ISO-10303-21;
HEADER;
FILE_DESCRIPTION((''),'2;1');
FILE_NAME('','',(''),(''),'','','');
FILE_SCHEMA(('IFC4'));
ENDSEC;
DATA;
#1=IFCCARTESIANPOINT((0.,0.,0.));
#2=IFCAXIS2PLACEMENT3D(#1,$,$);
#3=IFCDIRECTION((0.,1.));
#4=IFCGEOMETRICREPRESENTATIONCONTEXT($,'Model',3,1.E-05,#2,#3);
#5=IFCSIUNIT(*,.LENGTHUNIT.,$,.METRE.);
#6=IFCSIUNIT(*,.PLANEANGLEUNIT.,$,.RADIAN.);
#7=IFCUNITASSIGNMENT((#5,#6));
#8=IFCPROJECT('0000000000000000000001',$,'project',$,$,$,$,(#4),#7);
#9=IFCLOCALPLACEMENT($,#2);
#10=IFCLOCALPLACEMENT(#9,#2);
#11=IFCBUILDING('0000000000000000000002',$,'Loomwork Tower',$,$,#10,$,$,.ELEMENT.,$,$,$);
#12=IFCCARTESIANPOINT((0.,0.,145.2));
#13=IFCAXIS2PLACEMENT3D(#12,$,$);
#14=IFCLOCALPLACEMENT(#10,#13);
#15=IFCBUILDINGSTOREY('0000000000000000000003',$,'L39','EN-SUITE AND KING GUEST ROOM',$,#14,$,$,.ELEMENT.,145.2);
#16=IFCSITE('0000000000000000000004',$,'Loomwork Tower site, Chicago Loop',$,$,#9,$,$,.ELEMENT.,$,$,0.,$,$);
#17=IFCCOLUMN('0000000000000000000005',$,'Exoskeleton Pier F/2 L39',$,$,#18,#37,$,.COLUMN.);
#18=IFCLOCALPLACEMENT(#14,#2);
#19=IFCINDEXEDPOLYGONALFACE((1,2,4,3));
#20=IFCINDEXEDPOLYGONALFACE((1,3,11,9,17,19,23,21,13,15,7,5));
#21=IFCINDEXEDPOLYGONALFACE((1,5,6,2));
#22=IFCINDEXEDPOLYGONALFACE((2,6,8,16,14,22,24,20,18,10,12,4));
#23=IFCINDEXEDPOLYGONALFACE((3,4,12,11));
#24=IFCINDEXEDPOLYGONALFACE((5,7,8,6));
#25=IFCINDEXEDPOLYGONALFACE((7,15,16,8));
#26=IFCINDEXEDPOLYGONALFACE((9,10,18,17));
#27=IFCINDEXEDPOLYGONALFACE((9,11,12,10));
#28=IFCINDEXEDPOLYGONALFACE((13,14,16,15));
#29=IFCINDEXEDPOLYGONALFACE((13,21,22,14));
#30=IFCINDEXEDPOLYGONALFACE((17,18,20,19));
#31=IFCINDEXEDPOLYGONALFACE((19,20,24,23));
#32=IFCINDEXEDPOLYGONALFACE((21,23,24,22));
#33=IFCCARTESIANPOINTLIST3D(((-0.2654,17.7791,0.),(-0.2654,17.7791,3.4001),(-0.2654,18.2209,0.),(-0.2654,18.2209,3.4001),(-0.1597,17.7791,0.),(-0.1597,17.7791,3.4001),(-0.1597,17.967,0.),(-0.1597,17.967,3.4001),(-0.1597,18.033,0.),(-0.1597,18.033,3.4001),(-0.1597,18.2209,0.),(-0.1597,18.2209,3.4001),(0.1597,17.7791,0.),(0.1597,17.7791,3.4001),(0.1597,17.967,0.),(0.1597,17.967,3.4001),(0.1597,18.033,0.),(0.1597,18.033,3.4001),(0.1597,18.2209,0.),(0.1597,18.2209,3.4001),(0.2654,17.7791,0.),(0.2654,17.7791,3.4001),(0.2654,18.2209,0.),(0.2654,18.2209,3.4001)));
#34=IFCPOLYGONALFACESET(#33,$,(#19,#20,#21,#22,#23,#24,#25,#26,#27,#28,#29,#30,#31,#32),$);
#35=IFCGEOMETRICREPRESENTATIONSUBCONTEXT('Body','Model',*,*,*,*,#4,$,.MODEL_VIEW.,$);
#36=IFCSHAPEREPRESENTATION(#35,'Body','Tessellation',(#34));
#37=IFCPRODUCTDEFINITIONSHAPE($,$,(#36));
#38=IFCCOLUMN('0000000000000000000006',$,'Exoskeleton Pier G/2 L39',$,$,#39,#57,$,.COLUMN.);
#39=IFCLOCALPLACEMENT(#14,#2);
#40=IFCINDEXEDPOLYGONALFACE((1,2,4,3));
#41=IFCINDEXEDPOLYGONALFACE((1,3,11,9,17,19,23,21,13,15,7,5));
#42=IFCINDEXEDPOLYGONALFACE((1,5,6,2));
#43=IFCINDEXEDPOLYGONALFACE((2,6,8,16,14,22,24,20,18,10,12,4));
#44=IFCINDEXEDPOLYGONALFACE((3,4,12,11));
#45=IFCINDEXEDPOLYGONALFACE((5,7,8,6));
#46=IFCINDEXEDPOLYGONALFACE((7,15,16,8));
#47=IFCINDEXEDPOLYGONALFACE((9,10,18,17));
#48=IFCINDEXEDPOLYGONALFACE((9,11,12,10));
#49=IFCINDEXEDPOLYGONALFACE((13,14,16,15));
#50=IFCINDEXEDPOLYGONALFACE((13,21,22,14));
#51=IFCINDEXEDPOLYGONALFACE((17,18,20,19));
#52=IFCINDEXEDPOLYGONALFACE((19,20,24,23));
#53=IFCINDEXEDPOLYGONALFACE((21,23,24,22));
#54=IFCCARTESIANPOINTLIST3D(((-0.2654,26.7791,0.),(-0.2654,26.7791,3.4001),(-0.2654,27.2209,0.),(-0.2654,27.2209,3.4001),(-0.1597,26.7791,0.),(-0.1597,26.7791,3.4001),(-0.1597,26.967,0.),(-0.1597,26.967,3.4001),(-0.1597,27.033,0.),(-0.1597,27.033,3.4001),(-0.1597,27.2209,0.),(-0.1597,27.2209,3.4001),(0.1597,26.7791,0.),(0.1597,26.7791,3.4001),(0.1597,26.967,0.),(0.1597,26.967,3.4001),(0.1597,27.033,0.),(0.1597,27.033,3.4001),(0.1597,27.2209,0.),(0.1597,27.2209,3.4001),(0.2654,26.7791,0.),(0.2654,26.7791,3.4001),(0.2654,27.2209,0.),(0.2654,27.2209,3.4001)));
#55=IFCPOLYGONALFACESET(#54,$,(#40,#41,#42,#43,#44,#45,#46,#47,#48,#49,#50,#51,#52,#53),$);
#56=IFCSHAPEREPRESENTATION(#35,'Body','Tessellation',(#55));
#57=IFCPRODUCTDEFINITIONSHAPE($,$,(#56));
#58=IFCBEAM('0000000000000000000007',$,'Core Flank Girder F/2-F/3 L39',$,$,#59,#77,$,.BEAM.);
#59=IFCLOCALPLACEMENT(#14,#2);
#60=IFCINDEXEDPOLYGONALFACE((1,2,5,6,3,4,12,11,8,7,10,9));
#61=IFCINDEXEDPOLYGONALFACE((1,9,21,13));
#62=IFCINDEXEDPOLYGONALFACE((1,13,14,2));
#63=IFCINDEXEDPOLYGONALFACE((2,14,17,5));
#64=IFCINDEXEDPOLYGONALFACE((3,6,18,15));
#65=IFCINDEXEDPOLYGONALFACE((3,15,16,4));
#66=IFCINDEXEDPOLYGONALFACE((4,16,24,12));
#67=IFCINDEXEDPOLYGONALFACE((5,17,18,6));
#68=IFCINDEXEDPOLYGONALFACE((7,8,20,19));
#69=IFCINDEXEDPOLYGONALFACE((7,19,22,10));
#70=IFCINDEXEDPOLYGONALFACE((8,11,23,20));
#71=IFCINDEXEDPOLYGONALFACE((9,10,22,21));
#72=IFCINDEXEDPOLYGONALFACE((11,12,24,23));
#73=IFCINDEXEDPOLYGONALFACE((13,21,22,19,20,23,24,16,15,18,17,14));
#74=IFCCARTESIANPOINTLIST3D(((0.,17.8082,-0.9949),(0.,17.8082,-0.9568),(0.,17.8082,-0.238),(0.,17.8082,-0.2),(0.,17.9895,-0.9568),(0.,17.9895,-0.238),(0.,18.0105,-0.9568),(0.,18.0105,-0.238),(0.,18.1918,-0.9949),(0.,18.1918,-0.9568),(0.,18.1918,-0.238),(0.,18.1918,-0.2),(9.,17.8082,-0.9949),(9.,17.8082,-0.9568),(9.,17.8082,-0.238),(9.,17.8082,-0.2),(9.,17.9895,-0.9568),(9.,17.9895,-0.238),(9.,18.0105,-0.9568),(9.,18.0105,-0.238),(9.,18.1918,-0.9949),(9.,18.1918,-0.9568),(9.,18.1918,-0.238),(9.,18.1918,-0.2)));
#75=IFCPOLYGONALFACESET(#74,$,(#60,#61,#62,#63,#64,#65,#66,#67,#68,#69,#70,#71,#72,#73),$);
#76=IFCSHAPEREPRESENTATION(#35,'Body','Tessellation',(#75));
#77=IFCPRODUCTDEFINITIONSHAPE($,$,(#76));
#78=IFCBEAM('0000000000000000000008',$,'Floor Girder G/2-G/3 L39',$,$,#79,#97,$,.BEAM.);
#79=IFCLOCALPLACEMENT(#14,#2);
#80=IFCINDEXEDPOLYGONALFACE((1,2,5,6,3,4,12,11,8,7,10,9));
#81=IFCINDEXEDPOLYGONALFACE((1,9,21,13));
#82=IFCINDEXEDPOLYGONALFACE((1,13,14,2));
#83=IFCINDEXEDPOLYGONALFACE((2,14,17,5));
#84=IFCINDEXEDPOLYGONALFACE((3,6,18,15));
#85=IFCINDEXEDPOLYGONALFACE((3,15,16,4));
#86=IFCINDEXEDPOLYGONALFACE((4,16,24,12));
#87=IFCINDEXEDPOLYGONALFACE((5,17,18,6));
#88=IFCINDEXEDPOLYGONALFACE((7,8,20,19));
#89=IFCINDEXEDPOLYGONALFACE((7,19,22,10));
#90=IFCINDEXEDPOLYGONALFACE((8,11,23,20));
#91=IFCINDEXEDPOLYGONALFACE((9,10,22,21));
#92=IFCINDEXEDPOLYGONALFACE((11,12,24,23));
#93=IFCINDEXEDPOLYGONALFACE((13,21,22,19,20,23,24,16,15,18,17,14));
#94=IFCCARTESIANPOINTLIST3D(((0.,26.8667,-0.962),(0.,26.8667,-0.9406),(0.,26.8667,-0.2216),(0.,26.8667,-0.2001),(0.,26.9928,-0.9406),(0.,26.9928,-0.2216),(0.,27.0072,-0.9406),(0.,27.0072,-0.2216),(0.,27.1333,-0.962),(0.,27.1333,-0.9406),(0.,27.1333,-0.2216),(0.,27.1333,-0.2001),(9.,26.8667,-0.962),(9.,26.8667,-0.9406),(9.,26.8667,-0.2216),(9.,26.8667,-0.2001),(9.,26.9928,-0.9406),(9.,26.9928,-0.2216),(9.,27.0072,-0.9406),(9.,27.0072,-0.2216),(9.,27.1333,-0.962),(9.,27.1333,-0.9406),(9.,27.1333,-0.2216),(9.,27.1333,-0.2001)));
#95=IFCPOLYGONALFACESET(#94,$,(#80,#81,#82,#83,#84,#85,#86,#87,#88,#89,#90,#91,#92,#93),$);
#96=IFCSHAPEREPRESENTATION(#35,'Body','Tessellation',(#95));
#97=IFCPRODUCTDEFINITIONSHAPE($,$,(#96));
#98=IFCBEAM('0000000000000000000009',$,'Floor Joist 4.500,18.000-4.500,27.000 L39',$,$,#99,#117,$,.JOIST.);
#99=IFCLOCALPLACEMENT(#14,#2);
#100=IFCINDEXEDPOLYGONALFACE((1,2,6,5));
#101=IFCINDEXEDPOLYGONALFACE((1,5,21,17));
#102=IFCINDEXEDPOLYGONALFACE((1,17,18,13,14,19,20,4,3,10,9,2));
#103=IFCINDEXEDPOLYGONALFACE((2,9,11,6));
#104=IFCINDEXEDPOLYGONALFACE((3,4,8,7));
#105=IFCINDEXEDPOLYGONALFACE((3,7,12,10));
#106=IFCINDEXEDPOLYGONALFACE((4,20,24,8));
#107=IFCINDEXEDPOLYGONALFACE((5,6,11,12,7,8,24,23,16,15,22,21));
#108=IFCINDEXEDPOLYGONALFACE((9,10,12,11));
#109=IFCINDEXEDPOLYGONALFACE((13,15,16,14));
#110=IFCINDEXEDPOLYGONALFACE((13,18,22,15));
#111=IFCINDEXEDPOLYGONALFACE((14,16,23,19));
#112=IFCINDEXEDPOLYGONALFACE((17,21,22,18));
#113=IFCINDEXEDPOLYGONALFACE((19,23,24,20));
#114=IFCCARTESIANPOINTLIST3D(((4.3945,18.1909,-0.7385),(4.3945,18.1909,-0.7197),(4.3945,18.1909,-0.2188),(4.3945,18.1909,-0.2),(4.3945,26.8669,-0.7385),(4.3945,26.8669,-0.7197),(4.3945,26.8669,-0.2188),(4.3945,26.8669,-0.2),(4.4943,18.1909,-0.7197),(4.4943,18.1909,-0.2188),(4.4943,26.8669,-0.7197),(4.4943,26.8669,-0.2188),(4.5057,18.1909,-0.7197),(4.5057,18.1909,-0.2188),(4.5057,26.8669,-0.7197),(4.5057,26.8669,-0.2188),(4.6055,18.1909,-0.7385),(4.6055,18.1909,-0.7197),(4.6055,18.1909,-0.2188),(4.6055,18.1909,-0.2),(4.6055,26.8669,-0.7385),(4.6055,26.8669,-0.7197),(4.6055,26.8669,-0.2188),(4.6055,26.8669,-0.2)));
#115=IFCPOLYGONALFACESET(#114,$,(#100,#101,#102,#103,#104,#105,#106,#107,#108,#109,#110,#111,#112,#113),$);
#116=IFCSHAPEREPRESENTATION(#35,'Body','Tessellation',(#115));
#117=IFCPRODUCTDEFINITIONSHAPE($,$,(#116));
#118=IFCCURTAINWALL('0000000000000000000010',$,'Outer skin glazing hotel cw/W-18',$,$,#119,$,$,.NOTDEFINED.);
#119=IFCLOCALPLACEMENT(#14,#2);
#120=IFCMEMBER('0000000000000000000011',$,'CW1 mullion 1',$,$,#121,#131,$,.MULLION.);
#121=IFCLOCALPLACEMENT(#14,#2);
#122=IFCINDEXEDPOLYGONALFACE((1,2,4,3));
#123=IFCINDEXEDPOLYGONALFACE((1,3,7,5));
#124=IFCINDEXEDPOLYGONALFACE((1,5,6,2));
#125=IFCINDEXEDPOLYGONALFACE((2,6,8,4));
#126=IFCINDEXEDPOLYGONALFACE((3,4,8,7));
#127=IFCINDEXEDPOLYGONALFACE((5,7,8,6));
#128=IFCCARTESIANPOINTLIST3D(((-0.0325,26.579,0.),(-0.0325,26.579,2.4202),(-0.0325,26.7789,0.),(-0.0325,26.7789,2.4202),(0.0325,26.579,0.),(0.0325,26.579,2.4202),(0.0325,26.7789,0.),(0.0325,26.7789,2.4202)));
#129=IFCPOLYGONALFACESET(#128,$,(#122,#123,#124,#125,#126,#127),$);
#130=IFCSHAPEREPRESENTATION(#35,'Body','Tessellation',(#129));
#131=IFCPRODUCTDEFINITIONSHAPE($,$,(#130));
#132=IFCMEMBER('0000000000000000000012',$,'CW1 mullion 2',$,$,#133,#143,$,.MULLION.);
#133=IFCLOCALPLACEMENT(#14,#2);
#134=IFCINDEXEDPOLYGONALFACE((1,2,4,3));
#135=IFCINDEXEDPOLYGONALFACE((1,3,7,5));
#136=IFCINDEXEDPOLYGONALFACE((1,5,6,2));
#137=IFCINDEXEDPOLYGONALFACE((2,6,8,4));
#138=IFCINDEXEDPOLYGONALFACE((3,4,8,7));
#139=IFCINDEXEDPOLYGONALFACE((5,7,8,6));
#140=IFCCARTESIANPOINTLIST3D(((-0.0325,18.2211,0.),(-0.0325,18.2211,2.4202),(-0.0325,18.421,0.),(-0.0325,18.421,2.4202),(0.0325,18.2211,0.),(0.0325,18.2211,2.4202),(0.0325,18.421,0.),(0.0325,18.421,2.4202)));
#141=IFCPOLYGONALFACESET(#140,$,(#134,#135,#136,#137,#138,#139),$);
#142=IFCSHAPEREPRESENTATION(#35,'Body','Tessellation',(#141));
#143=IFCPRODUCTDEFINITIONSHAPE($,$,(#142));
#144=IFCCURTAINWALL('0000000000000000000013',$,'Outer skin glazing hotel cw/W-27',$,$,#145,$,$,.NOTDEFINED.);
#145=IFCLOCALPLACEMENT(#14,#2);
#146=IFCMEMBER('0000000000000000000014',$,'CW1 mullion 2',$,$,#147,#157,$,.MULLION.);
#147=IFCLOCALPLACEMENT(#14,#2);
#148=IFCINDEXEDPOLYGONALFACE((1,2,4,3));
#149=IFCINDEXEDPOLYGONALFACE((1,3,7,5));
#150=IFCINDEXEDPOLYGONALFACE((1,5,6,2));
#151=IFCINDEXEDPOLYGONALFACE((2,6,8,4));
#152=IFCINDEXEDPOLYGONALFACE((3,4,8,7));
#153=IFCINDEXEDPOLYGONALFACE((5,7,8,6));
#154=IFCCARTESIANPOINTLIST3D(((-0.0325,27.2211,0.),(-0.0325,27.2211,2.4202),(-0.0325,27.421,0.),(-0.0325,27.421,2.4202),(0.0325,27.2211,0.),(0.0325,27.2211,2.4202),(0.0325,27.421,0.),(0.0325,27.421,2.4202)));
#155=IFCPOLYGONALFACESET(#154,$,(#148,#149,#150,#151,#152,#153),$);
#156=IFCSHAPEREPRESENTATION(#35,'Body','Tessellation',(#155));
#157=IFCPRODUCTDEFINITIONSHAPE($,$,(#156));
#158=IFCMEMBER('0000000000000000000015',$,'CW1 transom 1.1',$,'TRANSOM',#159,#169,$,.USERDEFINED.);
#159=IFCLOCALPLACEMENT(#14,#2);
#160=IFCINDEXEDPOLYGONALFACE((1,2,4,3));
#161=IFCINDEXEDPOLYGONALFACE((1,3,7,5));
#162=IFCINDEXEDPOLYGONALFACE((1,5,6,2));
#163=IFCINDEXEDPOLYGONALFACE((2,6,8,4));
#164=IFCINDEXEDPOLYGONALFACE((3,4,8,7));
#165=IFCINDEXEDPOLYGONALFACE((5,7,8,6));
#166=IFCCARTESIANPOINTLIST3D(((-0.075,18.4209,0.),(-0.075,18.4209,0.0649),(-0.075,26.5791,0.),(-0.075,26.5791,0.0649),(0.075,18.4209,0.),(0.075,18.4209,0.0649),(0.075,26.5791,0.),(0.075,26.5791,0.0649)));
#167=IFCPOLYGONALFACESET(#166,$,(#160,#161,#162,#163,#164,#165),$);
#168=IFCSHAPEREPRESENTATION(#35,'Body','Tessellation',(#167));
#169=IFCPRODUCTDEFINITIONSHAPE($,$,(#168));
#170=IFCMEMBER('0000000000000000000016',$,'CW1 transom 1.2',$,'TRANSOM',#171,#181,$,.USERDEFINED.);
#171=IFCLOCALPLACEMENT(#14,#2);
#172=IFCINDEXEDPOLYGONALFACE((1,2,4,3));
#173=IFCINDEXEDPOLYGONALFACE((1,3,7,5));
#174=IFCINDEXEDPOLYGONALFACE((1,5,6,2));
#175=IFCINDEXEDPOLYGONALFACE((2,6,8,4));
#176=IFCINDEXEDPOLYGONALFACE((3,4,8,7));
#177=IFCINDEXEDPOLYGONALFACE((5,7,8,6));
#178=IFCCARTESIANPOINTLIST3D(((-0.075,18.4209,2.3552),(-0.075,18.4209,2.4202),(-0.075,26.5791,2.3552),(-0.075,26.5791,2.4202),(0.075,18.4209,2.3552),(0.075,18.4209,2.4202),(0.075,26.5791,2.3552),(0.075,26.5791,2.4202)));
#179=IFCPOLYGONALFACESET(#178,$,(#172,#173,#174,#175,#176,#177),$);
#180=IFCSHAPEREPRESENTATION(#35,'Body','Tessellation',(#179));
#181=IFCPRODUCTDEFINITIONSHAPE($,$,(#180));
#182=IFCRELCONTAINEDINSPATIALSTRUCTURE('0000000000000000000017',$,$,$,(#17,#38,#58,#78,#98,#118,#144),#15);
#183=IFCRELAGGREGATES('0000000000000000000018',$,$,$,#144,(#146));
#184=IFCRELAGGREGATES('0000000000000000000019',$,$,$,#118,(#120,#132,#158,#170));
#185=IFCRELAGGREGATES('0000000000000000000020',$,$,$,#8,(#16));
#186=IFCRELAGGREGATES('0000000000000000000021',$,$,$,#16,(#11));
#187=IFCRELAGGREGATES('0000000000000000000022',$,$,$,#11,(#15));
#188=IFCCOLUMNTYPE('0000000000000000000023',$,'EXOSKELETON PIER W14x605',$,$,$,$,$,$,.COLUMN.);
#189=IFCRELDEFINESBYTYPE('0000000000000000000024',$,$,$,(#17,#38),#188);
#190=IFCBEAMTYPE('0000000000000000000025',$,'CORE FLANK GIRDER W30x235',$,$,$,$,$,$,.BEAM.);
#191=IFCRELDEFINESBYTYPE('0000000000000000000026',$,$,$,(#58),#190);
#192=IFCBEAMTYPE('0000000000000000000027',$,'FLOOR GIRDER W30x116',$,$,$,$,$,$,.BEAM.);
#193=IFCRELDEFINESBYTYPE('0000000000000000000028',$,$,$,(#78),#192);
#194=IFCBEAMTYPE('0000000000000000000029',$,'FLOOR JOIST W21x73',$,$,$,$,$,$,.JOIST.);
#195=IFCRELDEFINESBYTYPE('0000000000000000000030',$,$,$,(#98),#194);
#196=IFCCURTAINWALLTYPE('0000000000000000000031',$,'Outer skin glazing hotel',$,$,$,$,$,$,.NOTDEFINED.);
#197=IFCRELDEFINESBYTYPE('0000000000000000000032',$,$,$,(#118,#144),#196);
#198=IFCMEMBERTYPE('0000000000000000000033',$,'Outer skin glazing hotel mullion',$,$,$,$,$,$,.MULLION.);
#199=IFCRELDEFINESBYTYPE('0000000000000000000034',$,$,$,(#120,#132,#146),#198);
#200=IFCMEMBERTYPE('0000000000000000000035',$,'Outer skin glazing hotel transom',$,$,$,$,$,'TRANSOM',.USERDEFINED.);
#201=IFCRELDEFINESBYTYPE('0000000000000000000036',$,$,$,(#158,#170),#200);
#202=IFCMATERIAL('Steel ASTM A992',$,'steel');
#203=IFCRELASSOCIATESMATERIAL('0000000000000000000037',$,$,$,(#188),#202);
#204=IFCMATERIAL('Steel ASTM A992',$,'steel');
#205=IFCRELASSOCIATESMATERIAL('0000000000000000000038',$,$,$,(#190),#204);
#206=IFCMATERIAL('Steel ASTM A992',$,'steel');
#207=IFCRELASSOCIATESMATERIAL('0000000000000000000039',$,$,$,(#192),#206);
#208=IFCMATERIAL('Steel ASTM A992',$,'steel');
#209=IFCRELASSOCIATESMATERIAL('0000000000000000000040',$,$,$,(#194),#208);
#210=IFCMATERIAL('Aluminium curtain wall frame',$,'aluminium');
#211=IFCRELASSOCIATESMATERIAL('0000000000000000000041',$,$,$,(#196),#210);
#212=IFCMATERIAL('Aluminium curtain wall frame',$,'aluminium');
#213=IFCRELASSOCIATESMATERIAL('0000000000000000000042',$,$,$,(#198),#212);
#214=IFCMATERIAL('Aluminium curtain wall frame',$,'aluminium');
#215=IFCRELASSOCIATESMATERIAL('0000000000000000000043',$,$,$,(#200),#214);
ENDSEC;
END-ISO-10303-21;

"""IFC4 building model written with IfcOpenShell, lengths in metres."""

from ifc_helpers import new_model, si_unit, direction, frame, origin, origin_2d, place, context, subcontext, project, spatial, rectangle, i_section, extrude, material, material_profile, profile_set, type_object, element, aggregate, save


model = new_model("IFC4")

# Units and contexts
model_context = context("Model", 3, precision=1e-05, world=origin(), true_north=direction((0.0, 1.0)))
body_context = subcontext(model_context, "Body", "Model", "MODEL_VIEW")
ifc_project = project(units=[si_unit("LENGTHUNIT", "METRE"), si_unit("PLANEANGLEUNIT", "RADIAN")], contexts=[model_context])

# Site, building, storey
site_placement = place(None, origin())
site = spatial("IfcSite", under=ifc_project, at=site_placement, Name="Loomwork Tower site, Chicago Loop", CompositionType="ELEMENT", RefElevation=0.0)
building_placement = place(site_placement, origin())
building = spatial("IfcBuilding", under=site, at=building_placement, Name="Loomwork Tower", CompositionType="ELEMENT")
storey_placement = place(building_placement, frame((0.0, 0.0, 145.2)))
storey = spatial("IfcBuildingStorey", under=building, at=storey_placement, Name="L39", Description="EN-SUITE AND KING GUEST ROOM", CompositionType="ELEMENT", Elevation=145.2)

# Columns
ifc_material_1 = material(Name="Steel ASTM A992", Category="steel")
ifc_material_profile_1 = material_profile(ifc_material_1, i_section(OverallWidth=0.4419, OverallDepth=0.5308, WebThickness=0.0659, FlangeThickness=0.1057, at=origin_2d()), Name="W14x605")
ifc_profile_set_1 = profile_set([ifc_material_profile_1], Name="Steel ASTM A992")
column_type = type_object("IfcColumnType", Name="EXOSKELETON PIER W14x605", PredefinedType="COLUMN", material=ifc_profile_set_1)
for number, where, z_axis, x_axis, name in (
    (1, (0.0, 18.0, 0.0), (0.0, 0.0, 1.0), (0.0, 1.0, 0.0), "Exoskeleton Pier F/2 L39"),
    (2, (0.0, 27.0, 0.0), (0.0, 0.0, 1.0), (0.0, 1.0, 0.0), "Exoskeleton Pier G/2 L39"),
):
    element("IfcColumn", number, at=place(storey_placement, frame(where, z_axis=z_axis, x_axis=x_axis)), inside=storey, type_object=column_type, Name=name, PredefinedType="COLUMN", context=body_context, shape_type="SweptSolid", body=[
        extrude(i_section(OverallWidth=0.4419, OverallDepth=0.5308, WebThickness=0.0659, FlangeThickness=0.1057, at=origin_2d()), origin(), (0.0, 0.0, 1.0), 3.4001),
    ])

# Beams
ifc_material_2 = material(Name="Steel ASTM A992", Category="steel")
ifc_material_profile_2 = material_profile(ifc_material_2, i_section(OverallWidth=0.3835, OverallDepth=0.7949, WebThickness=0.021, FlangeThickness=0.0381, at=origin_2d()), Name="W30x235")
ifc_profile_set_2 = profile_set([ifc_material_profile_2], Name="Steel ASTM A992")
beam_type_1 = type_object("IfcBeamType", Name="CORE FLANK GIRDER W30x235", PredefinedType="BEAM", material=ifc_profile_set_2)
beam_1_placement = place(storey_placement, frame((0.0, 18.0, -0.5974), z_axis=(1.0, 0.0, 0.0), x_axis=(0.0, 1.0, 0.0)))
element("IfcBeam", 3, at=beam_1_placement, inside=storey, type_object=beam_type_1, Name="Core Flank Girder F/2-F/3 L39", PredefinedType="BEAM", context=body_context, shape_type="SweptSolid", body=[
    extrude(i_section(OverallWidth=0.3835, OverallDepth=0.7949, WebThickness=0.021, FlangeThickness=0.0381, at=origin_2d()), origin(), (0.0, 0.0, 1.0), 9.0),
])
ifc_material_3 = material(Name="Steel ASTM A992", Category="steel")
ifc_material_profile_3 = material_profile(ifc_material_3, i_section(OverallWidth=0.2666, OverallDepth=0.762, WebThickness=0.0144, FlangeThickness=0.0215, at=origin_2d()), Name="W30x116")
ifc_profile_set_3 = profile_set([ifc_material_profile_3], Name="Steel ASTM A992")
beam_type_2 = type_object("IfcBeamType", Name="FLOOR GIRDER W30x116", PredefinedType="BEAM", material=ifc_profile_set_3)
beam_2_placement = place(storey_placement, frame((0.0, 27.0, -0.5811), z_axis=(1.0, 0.0, 0.0), x_axis=(0.0, 1.0, 0.0)))
element("IfcBeam", 4, at=beam_2_placement, inside=storey, type_object=beam_type_2, Name="Floor Girder G/2-G/3 L39", PredefinedType="BEAM", context=body_context, shape_type="SweptSolid", body=[
    extrude(i_section(OverallWidth=0.2666, OverallDepth=0.762, WebThickness=0.0144, FlangeThickness=0.0215, at=origin_2d()), origin(), (0.0, 0.0, 1.0), 9.0),
])
ifc_material_4 = material(Name="Steel ASTM A992", Category="steel")
ifc_material_profile_4 = material_profile(ifc_material_4, i_section(OverallWidth=0.2109, OverallDepth=0.5386, WebThickness=0.0115, FlangeThickness=0.0188, at=origin_2d()), Name="W21x73")
ifc_profile_set_4 = profile_set([ifc_material_profile_4], Name="Steel ASTM A992")
beam_type_3 = type_object("IfcBeamType", Name="FLOOR JOIST W21x73", PredefinedType="JOIST", material=ifc_profile_set_4)
beam_3_placement = place(storey_placement, frame((4.5, 18.1909, -0.4692), z_axis=(0.0, 1.0, 0.0), x_axis=(-1.0, 0.0, 0.0)))
element("IfcBeam", 5, at=beam_3_placement, inside=storey, type_object=beam_type_3, Name="Floor Joist 4.500,18.000-4.500,27.000 L39", PredefinedType="JOIST", context=body_context, shape_type="SweptSolid", body=[
    extrude(i_section(OverallWidth=0.2109, OverallDepth=0.5386, WebThickness=0.0115, FlangeThickness=0.0188, at=origin_2d()), origin(), (0.0, 0.0, 1.0), 8.676),
])

# Curtain wall, members
ifc_material_5 = material(Name="Aluminium curtain wall frame", Category="aluminium")
curtain_wall_type = type_object("IfcCurtainWallType", Name="Outer skin glazing hotel", PredefinedType="NOTDEFINED", material=ifc_material_5)
curtain_wall_1_placement = place(storey_placement, origin())
curtain_wall_1 = element("IfcCurtainWall", 6, at=curtain_wall_1_placement, inside=storey, type_object=curtain_wall_type, Name="Outer skin glazing hotel cw/W-18", PredefinedType="NOTDEFINED")
ifc_material_6 = material(Name="Aluminium curtain wall frame", Category="aluminium")
ifc_material_profile_5 = material_profile(ifc_material_6, rectangle(XDim=0.0649, YDim=0.2, at=origin_2d()), Name="AL 65x200")
ifc_profile_set_5 = profile_set([ifc_material_profile_5], Name="Aluminium curtain wall frame")
member_type_1 = type_object("IfcMemberType", Name="Outer skin glazing hotel mullion", PredefinedType="MULLION", material=ifc_profile_set_5)
member_1_placement = place(storey_placement, frame((0.0, 26.679, 0.0), z_axis=(0.0, 0.0, 1.0), x_axis=(1.0, 0.0, 0.0)))
member_1 = element("IfcMember", 7, at=member_1_placement, type_object=member_type_1, Name="CW1 mullion 1", PredefinedType="MULLION", context=body_context, shape_type="SweptSolid", body=[
    extrude(rectangle(XDim=0.0649, YDim=0.2, at=origin_2d()), origin(), (0.0, 0.0, 1.0), 2.4202),
])
member_2_placement = place(storey_placement, frame((0.0, 18.321, 0.0), z_axis=(0.0, 0.0, 1.0), x_axis=(1.0, 0.0, 0.0)))
member_2 = element("IfcMember", 8, at=member_2_placement, type_object=member_type_1, Name="CW1 mullion 2", PredefinedType="MULLION", context=body_context, shape_type="SweptSolid", body=[
    extrude(rectangle(XDim=0.0649, YDim=0.2, at=origin_2d()), origin(), (0.0, 0.0, 1.0), 2.4202),
])

# Curtain wall, member
curtain_wall_2_placement = place(storey_placement, origin())
curtain_wall_2 = element("IfcCurtainWall", 9, at=curtain_wall_2_placement, inside=storey, type_object=curtain_wall_type, Name="Outer skin glazing hotel cw/W-27", PredefinedType="NOTDEFINED")
member_3_placement = place(storey_placement, frame((0.0, 27.321, 0.0), z_axis=(0.0, 0.0, 1.0), x_axis=(1.0, 0.0, 0.0)))
member_3 = element("IfcMember", 10, at=member_3_placement, type_object=member_type_1, Name="CW1 mullion 2", PredefinedType="MULLION", context=body_context, shape_type="SweptSolid", body=[
    extrude(rectangle(XDim=0.0649, YDim=0.2, at=origin_2d()), origin(), (0.0, 0.0, 1.0), 2.4202),
])
aggregate(curtain_wall_2, [member_3])

# Members
ifc_material_7 = material(Name="Aluminium curtain wall frame", Category="aluminium")
ifc_material_profile_6 = material_profile(ifc_material_7, rectangle(XDim=0.1499, YDim=0.0649, at=origin_2d()), Name="AL 65x150")
ifc_profile_set_6 = profile_set([ifc_material_profile_6], Name="Aluminium curtain wall frame")
member_type_2 = type_object("IfcMemberType", Name="Outer skin glazing hotel transom", ElementType="TRANSOM", PredefinedType="USERDEFINED", material=ifc_profile_set_6)
member_4_placement = place(storey_placement, frame((0.0, 26.5791, 0.0325), z_axis=(0.0, -1.0, 0.0), x_axis=(1.0, 0.0, 0.0)))
member_4 = element("IfcMember", 11, at=member_4_placement, type_object=member_type_2, Name="CW1 transom 1.1", ObjectType="TRANSOM", PredefinedType="USERDEFINED", context=body_context, shape_type="SweptSolid", body=[
    extrude(rectangle(XDim=0.1499, YDim=0.0649, at=origin_2d()), origin(), (0.0, 0.0, 1.0), 8.1582),
])
member_5_placement = place(storey_placement, frame((0.0, 26.5791, 2.3877), z_axis=(0.0, -1.0, 0.0), x_axis=(1.0, 0.0, 0.0)))
member_5 = element("IfcMember", 12, at=member_5_placement, type_object=member_type_2, Name="CW1 transom 1.2", ObjectType="TRANSOM", PredefinedType="USERDEFINED", context=body_context, shape_type="SweptSolid", body=[
    extrude(rectangle(XDim=0.1499, YDim=0.0649, at=origin_2d()), origin(), (0.0, 0.0, 1.0), 8.1582),
])

aggregate(curtain_wall_1, [member_1, member_2, member_4, member_5])

save(model, "model.ifc")
